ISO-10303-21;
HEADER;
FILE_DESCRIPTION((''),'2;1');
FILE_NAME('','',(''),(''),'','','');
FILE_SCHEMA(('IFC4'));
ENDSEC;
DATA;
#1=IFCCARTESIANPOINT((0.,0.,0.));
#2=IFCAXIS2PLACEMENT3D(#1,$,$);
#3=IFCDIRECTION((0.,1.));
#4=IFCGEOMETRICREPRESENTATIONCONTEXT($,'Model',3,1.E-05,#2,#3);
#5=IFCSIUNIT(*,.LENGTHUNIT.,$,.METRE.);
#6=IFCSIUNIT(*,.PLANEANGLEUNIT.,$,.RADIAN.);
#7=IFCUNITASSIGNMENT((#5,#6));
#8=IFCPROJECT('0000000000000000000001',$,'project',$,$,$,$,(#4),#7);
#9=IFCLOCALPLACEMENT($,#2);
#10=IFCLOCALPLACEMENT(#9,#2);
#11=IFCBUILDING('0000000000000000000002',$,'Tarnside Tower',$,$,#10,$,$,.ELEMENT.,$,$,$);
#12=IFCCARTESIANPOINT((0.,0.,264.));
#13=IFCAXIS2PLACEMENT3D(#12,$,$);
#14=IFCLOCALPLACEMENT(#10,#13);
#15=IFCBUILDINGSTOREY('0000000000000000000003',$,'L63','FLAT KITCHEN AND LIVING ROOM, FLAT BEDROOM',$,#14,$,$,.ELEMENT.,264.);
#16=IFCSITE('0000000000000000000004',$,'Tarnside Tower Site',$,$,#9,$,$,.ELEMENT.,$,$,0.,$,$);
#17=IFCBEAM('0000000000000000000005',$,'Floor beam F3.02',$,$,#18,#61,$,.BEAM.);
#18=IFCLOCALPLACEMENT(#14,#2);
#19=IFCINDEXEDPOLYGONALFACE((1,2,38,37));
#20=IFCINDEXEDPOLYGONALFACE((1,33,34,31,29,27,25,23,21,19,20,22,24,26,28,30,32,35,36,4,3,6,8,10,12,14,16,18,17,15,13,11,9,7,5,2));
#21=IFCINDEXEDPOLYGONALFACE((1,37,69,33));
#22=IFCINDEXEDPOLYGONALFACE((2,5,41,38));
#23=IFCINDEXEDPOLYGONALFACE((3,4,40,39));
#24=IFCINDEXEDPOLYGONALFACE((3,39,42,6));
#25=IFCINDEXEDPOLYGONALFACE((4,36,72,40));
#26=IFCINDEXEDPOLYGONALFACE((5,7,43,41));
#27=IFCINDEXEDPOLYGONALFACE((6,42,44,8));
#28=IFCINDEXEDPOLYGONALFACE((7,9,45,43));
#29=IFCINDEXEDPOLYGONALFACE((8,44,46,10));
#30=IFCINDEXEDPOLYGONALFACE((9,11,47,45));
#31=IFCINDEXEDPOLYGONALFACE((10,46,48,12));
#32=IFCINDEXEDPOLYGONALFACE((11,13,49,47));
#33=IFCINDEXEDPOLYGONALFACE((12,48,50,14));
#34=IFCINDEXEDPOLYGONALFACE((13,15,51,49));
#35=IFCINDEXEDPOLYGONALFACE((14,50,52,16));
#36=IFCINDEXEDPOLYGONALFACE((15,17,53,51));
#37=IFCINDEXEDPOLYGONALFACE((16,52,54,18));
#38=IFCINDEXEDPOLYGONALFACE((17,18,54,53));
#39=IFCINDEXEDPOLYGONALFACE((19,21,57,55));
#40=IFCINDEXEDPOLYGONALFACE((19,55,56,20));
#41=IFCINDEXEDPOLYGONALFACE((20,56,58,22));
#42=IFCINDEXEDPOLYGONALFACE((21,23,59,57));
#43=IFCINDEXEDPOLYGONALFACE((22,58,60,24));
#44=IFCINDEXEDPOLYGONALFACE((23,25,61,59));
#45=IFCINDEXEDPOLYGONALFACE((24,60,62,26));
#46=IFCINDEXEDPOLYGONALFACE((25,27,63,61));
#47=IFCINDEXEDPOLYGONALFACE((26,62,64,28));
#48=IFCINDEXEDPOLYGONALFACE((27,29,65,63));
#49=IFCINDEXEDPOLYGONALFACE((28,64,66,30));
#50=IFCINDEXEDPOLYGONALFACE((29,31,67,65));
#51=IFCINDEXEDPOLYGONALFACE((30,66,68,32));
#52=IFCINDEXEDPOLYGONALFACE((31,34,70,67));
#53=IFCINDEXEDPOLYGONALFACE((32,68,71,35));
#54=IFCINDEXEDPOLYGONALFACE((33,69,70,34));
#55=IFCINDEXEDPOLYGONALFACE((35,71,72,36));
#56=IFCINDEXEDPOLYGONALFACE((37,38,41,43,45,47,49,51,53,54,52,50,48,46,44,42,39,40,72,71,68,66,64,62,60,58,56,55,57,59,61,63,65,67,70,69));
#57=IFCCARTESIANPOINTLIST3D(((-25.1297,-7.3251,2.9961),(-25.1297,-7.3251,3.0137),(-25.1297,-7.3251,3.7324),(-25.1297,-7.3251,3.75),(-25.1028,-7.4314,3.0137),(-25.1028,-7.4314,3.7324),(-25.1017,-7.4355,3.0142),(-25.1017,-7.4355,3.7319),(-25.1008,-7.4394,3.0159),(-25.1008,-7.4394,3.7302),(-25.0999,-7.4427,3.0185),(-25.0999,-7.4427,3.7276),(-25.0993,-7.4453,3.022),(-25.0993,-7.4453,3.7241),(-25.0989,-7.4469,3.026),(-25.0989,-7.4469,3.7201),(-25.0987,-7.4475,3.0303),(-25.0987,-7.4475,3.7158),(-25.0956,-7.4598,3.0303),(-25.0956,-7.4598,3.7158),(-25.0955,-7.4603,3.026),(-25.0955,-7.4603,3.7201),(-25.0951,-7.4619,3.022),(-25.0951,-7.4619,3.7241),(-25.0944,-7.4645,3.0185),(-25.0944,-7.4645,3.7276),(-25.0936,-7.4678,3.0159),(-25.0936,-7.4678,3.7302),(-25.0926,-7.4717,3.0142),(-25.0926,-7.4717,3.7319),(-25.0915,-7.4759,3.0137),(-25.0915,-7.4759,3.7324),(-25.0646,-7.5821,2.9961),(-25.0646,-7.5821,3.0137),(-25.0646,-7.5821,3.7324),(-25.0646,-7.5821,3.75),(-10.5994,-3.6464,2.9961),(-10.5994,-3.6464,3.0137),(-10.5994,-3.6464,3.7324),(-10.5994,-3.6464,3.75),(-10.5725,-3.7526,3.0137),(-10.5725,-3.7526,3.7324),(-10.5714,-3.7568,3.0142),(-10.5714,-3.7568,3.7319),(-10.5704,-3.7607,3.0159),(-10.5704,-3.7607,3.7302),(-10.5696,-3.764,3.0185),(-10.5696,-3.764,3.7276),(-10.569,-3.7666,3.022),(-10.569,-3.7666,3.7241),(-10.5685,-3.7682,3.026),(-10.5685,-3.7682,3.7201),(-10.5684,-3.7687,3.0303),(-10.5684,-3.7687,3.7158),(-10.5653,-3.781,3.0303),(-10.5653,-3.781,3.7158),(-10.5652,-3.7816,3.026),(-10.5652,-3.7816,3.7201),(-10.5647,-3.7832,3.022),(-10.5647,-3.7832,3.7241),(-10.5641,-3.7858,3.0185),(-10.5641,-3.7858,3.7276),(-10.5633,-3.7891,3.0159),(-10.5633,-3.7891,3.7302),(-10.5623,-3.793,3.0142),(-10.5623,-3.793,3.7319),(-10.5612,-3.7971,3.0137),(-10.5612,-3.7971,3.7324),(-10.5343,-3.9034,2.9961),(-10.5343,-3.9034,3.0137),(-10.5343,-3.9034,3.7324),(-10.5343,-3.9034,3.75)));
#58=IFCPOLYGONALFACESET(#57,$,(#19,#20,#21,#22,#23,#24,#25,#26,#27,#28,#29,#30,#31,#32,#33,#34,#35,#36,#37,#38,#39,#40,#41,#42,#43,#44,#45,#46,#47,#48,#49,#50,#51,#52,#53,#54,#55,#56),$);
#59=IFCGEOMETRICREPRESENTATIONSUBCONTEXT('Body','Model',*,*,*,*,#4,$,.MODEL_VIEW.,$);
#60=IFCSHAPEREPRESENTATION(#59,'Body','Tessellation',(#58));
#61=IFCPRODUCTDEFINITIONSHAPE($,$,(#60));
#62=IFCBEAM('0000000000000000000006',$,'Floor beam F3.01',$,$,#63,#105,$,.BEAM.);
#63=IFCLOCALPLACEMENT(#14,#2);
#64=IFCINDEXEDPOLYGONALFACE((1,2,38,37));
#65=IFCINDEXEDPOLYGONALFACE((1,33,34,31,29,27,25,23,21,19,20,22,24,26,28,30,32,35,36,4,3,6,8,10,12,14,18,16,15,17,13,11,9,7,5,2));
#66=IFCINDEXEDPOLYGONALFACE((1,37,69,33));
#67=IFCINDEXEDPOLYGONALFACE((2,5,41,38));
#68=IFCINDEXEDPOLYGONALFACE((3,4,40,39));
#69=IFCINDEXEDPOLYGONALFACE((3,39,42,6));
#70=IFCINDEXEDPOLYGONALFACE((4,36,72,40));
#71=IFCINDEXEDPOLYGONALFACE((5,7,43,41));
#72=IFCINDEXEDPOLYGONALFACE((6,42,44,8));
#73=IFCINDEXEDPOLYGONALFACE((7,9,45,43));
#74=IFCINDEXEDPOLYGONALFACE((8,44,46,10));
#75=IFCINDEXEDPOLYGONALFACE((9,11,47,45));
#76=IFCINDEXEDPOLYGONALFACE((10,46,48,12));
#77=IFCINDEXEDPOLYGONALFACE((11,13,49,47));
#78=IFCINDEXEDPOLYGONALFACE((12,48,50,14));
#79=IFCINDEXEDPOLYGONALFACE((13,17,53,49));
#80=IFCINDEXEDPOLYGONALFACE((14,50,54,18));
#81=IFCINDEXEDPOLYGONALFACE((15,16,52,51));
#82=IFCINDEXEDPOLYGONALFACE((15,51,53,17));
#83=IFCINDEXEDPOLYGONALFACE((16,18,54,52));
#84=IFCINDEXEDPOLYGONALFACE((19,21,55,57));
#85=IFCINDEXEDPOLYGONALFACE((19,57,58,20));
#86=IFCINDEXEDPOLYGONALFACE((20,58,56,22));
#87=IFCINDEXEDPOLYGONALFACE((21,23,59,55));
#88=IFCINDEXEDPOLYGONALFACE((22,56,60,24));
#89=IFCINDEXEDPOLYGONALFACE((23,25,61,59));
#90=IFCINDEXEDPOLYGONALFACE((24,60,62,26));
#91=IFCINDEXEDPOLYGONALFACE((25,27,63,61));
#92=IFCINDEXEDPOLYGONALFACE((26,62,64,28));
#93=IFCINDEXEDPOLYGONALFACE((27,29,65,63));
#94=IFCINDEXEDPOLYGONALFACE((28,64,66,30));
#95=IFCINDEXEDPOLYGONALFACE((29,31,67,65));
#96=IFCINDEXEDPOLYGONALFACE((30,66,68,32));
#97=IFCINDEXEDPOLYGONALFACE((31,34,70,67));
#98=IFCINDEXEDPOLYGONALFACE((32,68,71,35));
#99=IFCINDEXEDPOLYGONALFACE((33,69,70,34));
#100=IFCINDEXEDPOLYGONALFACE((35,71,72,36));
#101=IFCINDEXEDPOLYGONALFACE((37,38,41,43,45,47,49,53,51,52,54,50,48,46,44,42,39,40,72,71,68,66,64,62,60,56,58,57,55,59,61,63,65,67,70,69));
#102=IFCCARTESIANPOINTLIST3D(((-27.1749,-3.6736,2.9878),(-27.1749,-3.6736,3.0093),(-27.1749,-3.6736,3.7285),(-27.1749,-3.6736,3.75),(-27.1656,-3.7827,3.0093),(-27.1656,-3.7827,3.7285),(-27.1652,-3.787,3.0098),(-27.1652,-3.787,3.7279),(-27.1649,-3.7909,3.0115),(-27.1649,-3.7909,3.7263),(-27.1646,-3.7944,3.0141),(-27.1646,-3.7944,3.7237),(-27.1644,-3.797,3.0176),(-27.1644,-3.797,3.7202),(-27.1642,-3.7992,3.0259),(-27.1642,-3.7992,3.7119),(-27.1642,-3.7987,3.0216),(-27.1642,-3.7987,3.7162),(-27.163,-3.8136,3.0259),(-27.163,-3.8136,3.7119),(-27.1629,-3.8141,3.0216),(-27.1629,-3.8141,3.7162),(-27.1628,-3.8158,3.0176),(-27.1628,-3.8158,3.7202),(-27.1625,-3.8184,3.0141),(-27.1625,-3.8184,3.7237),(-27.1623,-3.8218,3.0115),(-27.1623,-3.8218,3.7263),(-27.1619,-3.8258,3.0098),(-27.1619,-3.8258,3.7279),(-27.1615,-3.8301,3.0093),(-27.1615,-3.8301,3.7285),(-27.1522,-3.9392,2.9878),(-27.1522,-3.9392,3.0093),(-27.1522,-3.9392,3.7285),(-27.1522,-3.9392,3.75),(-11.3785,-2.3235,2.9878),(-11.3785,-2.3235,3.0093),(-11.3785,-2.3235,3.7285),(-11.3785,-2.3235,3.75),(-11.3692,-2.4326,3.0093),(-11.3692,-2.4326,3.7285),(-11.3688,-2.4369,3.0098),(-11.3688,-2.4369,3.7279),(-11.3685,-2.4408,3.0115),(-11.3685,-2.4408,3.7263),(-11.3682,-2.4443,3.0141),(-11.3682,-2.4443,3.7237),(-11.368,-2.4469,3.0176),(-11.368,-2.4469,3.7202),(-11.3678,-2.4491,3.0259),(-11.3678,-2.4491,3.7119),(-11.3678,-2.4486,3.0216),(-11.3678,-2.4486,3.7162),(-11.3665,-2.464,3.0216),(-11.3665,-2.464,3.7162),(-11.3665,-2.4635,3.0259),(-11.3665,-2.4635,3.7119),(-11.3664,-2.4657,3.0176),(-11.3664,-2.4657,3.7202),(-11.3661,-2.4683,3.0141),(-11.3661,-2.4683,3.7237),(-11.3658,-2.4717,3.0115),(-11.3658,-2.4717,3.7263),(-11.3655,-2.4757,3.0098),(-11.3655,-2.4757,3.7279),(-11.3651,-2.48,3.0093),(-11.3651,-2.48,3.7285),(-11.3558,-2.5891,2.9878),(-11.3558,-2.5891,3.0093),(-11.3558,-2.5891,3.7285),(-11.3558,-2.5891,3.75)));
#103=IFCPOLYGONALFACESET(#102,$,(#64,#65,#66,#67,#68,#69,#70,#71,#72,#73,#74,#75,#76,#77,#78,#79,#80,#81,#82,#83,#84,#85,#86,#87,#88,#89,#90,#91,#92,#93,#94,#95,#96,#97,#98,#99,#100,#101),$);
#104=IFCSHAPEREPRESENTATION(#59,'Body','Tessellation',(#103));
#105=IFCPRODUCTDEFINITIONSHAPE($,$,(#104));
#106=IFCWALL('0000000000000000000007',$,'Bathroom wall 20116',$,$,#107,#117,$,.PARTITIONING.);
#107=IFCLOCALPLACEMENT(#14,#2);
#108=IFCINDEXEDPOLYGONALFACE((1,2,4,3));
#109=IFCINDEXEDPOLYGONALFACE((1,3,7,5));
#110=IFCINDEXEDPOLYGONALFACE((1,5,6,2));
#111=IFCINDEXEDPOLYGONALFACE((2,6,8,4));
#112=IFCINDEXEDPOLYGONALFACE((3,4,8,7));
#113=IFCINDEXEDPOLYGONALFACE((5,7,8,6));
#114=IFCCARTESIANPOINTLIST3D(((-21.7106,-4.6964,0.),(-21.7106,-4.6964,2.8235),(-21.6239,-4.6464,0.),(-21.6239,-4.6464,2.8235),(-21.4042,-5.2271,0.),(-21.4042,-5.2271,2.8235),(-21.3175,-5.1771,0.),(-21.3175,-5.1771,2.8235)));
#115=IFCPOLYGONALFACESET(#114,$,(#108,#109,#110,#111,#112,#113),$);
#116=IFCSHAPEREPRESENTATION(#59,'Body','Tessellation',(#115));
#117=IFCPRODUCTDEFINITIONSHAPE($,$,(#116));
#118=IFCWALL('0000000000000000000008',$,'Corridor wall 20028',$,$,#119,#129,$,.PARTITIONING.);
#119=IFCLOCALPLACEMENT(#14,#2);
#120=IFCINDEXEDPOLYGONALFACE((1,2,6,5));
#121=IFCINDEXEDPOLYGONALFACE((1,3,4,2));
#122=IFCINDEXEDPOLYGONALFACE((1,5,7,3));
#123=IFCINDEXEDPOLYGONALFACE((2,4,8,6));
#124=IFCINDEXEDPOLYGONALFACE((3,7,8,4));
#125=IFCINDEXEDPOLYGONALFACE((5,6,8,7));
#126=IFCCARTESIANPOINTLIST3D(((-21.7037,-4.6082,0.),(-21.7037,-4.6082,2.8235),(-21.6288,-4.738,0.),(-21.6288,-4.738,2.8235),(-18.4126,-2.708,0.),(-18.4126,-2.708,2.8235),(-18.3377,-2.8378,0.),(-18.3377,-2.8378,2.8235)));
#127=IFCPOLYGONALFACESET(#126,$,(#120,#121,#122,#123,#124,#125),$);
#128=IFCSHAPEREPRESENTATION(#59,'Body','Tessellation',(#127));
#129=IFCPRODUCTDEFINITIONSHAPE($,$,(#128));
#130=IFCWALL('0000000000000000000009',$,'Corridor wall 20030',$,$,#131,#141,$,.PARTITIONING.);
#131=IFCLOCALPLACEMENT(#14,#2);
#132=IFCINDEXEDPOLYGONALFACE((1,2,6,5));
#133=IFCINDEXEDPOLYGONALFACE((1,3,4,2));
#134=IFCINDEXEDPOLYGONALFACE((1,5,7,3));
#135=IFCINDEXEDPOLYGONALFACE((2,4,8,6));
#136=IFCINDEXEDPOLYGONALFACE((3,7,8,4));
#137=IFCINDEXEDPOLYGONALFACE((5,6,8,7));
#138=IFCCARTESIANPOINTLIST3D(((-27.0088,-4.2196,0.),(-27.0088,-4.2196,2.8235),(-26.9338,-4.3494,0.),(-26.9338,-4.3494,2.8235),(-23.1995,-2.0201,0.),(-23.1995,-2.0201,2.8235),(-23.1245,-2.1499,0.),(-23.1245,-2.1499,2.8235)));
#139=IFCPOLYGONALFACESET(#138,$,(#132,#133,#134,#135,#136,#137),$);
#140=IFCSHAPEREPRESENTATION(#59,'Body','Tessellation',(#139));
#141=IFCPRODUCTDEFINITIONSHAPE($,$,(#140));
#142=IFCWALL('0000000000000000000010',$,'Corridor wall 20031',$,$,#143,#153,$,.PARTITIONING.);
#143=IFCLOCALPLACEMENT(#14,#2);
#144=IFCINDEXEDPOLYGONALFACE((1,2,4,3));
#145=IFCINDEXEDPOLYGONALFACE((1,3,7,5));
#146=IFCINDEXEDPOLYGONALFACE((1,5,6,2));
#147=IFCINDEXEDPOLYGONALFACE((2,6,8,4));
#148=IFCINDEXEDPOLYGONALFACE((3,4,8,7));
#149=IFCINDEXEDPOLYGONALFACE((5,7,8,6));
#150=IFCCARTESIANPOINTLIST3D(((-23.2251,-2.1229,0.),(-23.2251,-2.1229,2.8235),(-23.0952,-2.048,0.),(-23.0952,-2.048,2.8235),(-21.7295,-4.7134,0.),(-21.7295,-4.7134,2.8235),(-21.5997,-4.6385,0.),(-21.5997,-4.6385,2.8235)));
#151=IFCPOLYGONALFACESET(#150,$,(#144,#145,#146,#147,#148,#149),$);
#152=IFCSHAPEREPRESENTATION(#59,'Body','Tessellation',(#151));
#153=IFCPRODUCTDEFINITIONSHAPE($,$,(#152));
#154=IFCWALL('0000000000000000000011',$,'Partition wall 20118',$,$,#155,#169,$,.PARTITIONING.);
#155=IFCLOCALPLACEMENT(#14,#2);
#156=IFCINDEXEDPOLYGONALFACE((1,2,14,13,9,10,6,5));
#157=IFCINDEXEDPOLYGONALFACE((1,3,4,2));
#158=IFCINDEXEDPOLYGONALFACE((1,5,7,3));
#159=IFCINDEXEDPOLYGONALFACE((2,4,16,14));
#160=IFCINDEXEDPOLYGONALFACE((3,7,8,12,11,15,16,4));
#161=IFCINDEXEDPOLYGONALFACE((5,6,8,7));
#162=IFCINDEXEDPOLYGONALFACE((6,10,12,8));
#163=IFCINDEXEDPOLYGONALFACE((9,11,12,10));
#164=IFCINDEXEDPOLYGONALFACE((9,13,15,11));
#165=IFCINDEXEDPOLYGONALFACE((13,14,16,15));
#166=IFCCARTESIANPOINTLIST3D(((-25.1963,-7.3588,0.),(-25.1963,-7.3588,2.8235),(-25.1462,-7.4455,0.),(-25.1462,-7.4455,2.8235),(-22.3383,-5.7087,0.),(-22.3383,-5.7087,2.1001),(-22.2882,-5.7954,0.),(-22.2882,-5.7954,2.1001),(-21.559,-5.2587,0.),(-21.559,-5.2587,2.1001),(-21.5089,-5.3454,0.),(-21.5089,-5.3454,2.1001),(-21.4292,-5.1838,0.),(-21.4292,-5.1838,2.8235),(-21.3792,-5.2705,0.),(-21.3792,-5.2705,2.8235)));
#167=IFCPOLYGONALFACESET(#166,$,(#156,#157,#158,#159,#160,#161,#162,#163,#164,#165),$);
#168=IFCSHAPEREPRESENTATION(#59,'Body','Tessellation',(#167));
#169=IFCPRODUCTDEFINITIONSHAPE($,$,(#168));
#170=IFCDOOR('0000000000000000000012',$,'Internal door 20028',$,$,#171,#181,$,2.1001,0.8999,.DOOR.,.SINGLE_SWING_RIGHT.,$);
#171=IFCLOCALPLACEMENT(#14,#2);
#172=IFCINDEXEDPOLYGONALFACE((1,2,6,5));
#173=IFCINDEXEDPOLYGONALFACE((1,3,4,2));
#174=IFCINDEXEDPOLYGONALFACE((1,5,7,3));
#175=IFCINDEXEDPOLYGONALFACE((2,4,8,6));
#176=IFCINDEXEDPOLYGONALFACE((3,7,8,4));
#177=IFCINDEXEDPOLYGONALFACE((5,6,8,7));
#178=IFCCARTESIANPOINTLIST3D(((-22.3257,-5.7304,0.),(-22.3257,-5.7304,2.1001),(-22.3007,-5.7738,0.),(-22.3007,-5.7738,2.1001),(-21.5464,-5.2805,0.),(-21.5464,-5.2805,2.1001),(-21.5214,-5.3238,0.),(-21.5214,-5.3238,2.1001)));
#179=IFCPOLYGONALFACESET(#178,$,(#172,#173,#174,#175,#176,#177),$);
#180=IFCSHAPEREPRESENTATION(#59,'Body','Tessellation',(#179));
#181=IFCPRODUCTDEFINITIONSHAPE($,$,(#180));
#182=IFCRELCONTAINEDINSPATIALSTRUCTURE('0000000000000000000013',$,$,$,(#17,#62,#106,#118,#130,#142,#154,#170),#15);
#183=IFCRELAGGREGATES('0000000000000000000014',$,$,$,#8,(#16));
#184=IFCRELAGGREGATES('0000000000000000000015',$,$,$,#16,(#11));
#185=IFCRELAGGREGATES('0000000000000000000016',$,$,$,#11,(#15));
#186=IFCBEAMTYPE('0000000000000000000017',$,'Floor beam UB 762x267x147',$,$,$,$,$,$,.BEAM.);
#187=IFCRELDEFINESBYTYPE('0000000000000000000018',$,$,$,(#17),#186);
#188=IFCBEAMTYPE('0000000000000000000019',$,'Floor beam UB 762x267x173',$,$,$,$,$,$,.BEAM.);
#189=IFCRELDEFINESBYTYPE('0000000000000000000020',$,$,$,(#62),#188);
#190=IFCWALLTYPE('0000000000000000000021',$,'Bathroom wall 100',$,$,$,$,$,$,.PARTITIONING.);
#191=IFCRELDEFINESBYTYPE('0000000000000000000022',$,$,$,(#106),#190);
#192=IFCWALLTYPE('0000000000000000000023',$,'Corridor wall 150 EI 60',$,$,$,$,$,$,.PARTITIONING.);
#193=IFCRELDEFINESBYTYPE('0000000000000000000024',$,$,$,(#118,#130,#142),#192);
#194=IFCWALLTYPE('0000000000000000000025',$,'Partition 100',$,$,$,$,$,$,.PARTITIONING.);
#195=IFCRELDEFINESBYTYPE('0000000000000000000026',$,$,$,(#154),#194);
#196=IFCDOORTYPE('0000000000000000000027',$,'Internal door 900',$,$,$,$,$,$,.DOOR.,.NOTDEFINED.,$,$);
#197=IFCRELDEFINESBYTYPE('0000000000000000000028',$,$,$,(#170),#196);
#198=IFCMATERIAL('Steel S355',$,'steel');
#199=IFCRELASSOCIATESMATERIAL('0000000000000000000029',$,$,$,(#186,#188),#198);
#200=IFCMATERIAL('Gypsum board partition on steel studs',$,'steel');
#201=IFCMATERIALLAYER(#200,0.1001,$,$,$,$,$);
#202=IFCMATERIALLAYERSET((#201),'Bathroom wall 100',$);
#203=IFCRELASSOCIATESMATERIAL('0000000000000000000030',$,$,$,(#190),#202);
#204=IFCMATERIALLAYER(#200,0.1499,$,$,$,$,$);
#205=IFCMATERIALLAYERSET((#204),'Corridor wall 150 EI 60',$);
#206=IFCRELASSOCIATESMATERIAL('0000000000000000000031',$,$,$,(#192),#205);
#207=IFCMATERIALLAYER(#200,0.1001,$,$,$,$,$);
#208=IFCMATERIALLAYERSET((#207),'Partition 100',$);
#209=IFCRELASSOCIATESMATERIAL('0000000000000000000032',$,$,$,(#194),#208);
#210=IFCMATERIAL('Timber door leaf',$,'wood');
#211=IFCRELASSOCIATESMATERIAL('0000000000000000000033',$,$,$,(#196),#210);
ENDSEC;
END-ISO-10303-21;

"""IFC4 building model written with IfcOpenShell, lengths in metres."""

from ifc_helpers import new_model, si_unit, direction, frame, frame_2d, origin, origin_2d, place, context, subcontext, project, spatial, rectangle, i_section, extrude, material, layer, layer_set, material_profile, profile_set, type_object, element, fill, save


model = new_model("IFC4")

# Units and contexts
model_context = context("Model", 3, precision=1e-05, world=origin(), true_north=direction((0.0, 1.0)))
body_context = subcontext(model_context, "Body", "Model", "MODEL_VIEW")
ifc_project = project(units=[si_unit("LENGTHUNIT", "METRE"), si_unit("PLANEANGLEUNIT", "RADIAN")], contexts=[model_context])

# Site, building, storey
site_placement = place(None, origin())
site = spatial("IfcSite", under=ifc_project, at=site_placement, Name="Tarnside Tower Site", CompositionType="ELEMENT", RefElevation=0.0)
building_placement = place(site_placement, origin())
building = spatial("IfcBuilding", under=site, at=building_placement, Name="Tarnside Tower", CompositionType="ELEMENT")
storey_placement = place(building_placement, frame((0.0, 0.0, 264.0)))
storey = spatial("IfcBuildingStorey", under=building, at=storey_placement, Name="L63", Description="FLAT KITCHEN AND LIVING ROOM, FLAT BEDROOM", CompositionType="ELEMENT", Elevation=264.0)

# Beams
ifc_material_1 = material(Name="Steel S355", Category="steel")
ifc_material_profile_1 = material_profile(ifc_material_1, i_section(OverallWidth=0.2651, OverallDepth=0.7539, WebThickness=0.0127, FlangeThickness=0.0176, FilletRadius=0.0166, at=origin_2d()), Name="UB 762x267x147")
ifc_profile_set_1 = profile_set([ifc_material_profile_1], Name="Steel S355")
beam_type_1 = type_object("IfcBeamType", Name="Floor beam UB 762x267x147", PredefinedType="BEAM", material=ifc_profile_set_1)
beam_1_placement = place(storey_placement, frame((-25.0972, -7.4536, 3.373), z_axis=(0.969414, 0.245432, 0.0), x_axis=(-0.245432, 0.969414, 0.0)))
element("IfcBeam", 1, at=beam_1_placement, inside=storey, type_object=beam_type_1, Name="Floor beam F3.02", PredefinedType="BEAM", context=body_context, shape_type="SweptSolid", body=[
    extrude(i_section(OverallWidth=0.2651, OverallDepth=0.7539, WebThickness=0.0127, FlangeThickness=0.0176, FilletRadius=0.0166, at=origin_2d()), origin(), (0.0, 0.0, 1.0), 14.9888),
])
ifc_material_profile_2 = material_profile(ifc_material_1, i_section(OverallWidth=0.2666, OverallDepth=0.7622, WebThickness=0.0144, FlangeThickness=0.0215, FilletRadius=0.0166, at=origin_2d()), Name="UB 762x267x173")
ifc_profile_set_2 = profile_set([ifc_material_profile_2], Name="Steel S355")
beam_type_2 = type_object("IfcBeamType", Name="Floor beam UB 762x267x173", PredefinedType="BEAM", material=ifc_profile_set_2)
beam_2_placement = place(storey_placement, frame((-27.1636, -3.8064, 3.3689), z_axis=(0.996367, 0.085158, 0.0), x_axis=(-0.085158, 0.996367, 0.0)))
element("IfcBeam", 2, at=beam_2_placement, inside=storey, type_object=beam_type_2, Name="Floor beam F3.01", PredefinedType="BEAM", context=body_context, shape_type="SweptSolid", body=[
    extrude(i_section(OverallWidth=0.2666, OverallDepth=0.7622, WebThickness=0.0144, FlangeThickness=0.0215, FilletRadius=0.0166, at=origin_2d()), origin(), (0.0, 0.0, 1.0), 15.854),
])

# Walls
ifc_material_2 = material(Name="Gypsum board partition on steel studs", Category="steel")
ifc_layer_1 = layer(ifc_material_2, 0.1001)
ifc_layer_set_1 = layer_set([ifc_layer_1], Name="Bathroom wall 100")
wall_type_1 = type_object("IfcWallType", Name="Bathroom wall 100", PredefinedType="PARTITIONING", material=ifc_layer_set_1)
wall_1_placement = place(storey_placement, frame((-21.6672, -4.6714, 0.0), z_axis=(0.0, 0.0, 1.0), x_axis=(0.499952, -0.866053, 0.0)))
element("IfcWall", 3, at=wall_1_placement, inside=storey, type_object=wall_type_1, Name="Bathroom wall 20116", PredefinedType="PARTITIONING", context=body_context, shape_type="SweptSolid", body=[
    extrude(rectangle(XDim=0.6128, YDim=0.1001, at=frame_2d((0.3064, 0.0))), origin(), (0.0, 0.0, 1.0), 2.8235),
])
ifc_layer_2 = layer(ifc_material_2, 0.1499)
ifc_layer_set_2 = layer_set([ifc_layer_2], Name="Corridor wall 150 EI 60")
wall_type_2 = type_object("IfcWallType", Name="Corridor wall 150 EI 60", PredefinedType="PARTITIONING", material=ifc_layer_set_2)
wall_2_placement = place(storey_placement, frame((-21.6663, -4.6731, 0.0), z_axis=(0.0, 0.0, 1.0), x_axis=(0.866017, 0.500015, 0.0)))
element("IfcWall", 4, at=wall_2_placement, inside=storey, type_object=wall_type_2, Name="Corridor wall 20028", PredefinedType="PARTITIONING", context=body_context, shape_type="SweptSolid", body=[
    extrude(rectangle(XDim=3.8003, YDim=0.1499, at=frame_2d((1.9001, 0.0))), origin(), (0.0, 0.0, 1.0), 2.8235),
])
wall_3_placement = place(storey_placement, frame((-26.9712, -4.2844, 0.0), z_axis=(0.0, 0.0, 1.0), x_axis=(0.866011, 0.500025, 0.0)))
element("IfcWall", 5, at=wall_3_placement, inside=storey, type_object=wall_type_2, Name="Corridor wall 20030", PredefinedType="PARTITIONING", context=body_context, shape_type="SweptSolid", body=[
    extrude(rectangle(XDim=4.3987, YDim=0.1499, at=frame_2d((2.1992, 0.0))), origin(), (0.0, 0.0, 1.0), 2.8235),
])
wall_4_placement = place(storey_placement, frame((-23.1602, -2.0854, 0.0), z_axis=(0.0, 0.0, 1.0), x_axis=(0.499984, -0.866035, 0.0)))
element("IfcWall", 6, at=wall_4_placement, inside=storey, type_object=wall_type_2, Name="Corridor wall 20031", PredefinedType="PARTITIONING", context=body_context, shape_type="SweptSolid", body=[
    extrude(rectangle(XDim=2.9912, YDim=0.1499, at=frame_2d((1.4956, 0.0))), origin(), (0.0, 0.0, 1.0), 2.8235),
])

# Wall, opening, door
ifc_layer_3 = layer(ifc_material_2, 0.1001)
ifc_layer_set_3 = layer_set([ifc_layer_3], Name="Partition 100")
wall_type_3 = type_object("IfcWallType", Name="Partition 100", PredefinedType="PARTITIONING", material=ifc_layer_set_3)
wall_5_placement = place(storey_placement, frame((-25.1711, -7.4021, 0.0), z_axis=(0.0, 0.0, 1.0), x_axis=(0.866014, 0.50002, 0.0)))
wall_5 = element("IfcWall", 7, at=wall_5_placement, inside=storey, type_object=wall_type_3, Name="Partition wall 20118", PredefinedType="PARTITIONING", context=body_context, shape_type="SweptSolid", body=[
    extrude(rectangle(XDim=4.3499, YDim=0.1001, at=frame_2d((2.1748, 0.0))), origin(), (0.0, 0.0, 1.0), 2.8235),
])
opening_1_placement = place(wall_5_placement, frame((3.3, 0.0, 0.0)))
opening_1 = element("IfcOpeningElement", 8, at=opening_1_placement, cuts=wall_5, PredefinedType="OPENING", context=body_context, shape_type="SweptSolid", body=[
    extrude(rectangle(XDim=0.8999, YDim=2.1001, at=frame_2d((0.45, 1.05))), frame((0.0, 0.0601, 0.0), z_axis=(0.0, -1.0, 0.0), x_axis=(1.0, 0.0, 0.0)), (0.0, 0.0, 1.0), 0.1201),
])
ifc_material_3 = material(Name="Timber door leaf", Category="wood")
door_type = type_object("IfcDoorType", Name="Internal door 900", OperationType="NOTDEFINED", PredefinedType="DOOR", material=ifc_material_3)
door_placement = place(opening_1_placement, origin())
door = element("IfcDoor", 9, at=door_placement, inside=storey, type_object=door_type, Name="Internal door 20028", OperationType="SINGLE_SWING_RIGHT", OverallHeight=2.1001, OverallWidth=0.8999, PredefinedType="DOOR", context=body_context, shape_type="SweptSolid", body=[
    extrude(rectangle(XDim=0.8999, YDim=2.1001, at=frame_2d((0.45, 1.05))), frame((0.0, 0.0249, 0.0), z_axis=(0.0, -1.0, 0.0), x_axis=(1.0, 0.0, 0.0)), (0.0, 0.0, 1.0), 0.05),
])
fill(opening_1, door)

save(model, "model.ifc")
